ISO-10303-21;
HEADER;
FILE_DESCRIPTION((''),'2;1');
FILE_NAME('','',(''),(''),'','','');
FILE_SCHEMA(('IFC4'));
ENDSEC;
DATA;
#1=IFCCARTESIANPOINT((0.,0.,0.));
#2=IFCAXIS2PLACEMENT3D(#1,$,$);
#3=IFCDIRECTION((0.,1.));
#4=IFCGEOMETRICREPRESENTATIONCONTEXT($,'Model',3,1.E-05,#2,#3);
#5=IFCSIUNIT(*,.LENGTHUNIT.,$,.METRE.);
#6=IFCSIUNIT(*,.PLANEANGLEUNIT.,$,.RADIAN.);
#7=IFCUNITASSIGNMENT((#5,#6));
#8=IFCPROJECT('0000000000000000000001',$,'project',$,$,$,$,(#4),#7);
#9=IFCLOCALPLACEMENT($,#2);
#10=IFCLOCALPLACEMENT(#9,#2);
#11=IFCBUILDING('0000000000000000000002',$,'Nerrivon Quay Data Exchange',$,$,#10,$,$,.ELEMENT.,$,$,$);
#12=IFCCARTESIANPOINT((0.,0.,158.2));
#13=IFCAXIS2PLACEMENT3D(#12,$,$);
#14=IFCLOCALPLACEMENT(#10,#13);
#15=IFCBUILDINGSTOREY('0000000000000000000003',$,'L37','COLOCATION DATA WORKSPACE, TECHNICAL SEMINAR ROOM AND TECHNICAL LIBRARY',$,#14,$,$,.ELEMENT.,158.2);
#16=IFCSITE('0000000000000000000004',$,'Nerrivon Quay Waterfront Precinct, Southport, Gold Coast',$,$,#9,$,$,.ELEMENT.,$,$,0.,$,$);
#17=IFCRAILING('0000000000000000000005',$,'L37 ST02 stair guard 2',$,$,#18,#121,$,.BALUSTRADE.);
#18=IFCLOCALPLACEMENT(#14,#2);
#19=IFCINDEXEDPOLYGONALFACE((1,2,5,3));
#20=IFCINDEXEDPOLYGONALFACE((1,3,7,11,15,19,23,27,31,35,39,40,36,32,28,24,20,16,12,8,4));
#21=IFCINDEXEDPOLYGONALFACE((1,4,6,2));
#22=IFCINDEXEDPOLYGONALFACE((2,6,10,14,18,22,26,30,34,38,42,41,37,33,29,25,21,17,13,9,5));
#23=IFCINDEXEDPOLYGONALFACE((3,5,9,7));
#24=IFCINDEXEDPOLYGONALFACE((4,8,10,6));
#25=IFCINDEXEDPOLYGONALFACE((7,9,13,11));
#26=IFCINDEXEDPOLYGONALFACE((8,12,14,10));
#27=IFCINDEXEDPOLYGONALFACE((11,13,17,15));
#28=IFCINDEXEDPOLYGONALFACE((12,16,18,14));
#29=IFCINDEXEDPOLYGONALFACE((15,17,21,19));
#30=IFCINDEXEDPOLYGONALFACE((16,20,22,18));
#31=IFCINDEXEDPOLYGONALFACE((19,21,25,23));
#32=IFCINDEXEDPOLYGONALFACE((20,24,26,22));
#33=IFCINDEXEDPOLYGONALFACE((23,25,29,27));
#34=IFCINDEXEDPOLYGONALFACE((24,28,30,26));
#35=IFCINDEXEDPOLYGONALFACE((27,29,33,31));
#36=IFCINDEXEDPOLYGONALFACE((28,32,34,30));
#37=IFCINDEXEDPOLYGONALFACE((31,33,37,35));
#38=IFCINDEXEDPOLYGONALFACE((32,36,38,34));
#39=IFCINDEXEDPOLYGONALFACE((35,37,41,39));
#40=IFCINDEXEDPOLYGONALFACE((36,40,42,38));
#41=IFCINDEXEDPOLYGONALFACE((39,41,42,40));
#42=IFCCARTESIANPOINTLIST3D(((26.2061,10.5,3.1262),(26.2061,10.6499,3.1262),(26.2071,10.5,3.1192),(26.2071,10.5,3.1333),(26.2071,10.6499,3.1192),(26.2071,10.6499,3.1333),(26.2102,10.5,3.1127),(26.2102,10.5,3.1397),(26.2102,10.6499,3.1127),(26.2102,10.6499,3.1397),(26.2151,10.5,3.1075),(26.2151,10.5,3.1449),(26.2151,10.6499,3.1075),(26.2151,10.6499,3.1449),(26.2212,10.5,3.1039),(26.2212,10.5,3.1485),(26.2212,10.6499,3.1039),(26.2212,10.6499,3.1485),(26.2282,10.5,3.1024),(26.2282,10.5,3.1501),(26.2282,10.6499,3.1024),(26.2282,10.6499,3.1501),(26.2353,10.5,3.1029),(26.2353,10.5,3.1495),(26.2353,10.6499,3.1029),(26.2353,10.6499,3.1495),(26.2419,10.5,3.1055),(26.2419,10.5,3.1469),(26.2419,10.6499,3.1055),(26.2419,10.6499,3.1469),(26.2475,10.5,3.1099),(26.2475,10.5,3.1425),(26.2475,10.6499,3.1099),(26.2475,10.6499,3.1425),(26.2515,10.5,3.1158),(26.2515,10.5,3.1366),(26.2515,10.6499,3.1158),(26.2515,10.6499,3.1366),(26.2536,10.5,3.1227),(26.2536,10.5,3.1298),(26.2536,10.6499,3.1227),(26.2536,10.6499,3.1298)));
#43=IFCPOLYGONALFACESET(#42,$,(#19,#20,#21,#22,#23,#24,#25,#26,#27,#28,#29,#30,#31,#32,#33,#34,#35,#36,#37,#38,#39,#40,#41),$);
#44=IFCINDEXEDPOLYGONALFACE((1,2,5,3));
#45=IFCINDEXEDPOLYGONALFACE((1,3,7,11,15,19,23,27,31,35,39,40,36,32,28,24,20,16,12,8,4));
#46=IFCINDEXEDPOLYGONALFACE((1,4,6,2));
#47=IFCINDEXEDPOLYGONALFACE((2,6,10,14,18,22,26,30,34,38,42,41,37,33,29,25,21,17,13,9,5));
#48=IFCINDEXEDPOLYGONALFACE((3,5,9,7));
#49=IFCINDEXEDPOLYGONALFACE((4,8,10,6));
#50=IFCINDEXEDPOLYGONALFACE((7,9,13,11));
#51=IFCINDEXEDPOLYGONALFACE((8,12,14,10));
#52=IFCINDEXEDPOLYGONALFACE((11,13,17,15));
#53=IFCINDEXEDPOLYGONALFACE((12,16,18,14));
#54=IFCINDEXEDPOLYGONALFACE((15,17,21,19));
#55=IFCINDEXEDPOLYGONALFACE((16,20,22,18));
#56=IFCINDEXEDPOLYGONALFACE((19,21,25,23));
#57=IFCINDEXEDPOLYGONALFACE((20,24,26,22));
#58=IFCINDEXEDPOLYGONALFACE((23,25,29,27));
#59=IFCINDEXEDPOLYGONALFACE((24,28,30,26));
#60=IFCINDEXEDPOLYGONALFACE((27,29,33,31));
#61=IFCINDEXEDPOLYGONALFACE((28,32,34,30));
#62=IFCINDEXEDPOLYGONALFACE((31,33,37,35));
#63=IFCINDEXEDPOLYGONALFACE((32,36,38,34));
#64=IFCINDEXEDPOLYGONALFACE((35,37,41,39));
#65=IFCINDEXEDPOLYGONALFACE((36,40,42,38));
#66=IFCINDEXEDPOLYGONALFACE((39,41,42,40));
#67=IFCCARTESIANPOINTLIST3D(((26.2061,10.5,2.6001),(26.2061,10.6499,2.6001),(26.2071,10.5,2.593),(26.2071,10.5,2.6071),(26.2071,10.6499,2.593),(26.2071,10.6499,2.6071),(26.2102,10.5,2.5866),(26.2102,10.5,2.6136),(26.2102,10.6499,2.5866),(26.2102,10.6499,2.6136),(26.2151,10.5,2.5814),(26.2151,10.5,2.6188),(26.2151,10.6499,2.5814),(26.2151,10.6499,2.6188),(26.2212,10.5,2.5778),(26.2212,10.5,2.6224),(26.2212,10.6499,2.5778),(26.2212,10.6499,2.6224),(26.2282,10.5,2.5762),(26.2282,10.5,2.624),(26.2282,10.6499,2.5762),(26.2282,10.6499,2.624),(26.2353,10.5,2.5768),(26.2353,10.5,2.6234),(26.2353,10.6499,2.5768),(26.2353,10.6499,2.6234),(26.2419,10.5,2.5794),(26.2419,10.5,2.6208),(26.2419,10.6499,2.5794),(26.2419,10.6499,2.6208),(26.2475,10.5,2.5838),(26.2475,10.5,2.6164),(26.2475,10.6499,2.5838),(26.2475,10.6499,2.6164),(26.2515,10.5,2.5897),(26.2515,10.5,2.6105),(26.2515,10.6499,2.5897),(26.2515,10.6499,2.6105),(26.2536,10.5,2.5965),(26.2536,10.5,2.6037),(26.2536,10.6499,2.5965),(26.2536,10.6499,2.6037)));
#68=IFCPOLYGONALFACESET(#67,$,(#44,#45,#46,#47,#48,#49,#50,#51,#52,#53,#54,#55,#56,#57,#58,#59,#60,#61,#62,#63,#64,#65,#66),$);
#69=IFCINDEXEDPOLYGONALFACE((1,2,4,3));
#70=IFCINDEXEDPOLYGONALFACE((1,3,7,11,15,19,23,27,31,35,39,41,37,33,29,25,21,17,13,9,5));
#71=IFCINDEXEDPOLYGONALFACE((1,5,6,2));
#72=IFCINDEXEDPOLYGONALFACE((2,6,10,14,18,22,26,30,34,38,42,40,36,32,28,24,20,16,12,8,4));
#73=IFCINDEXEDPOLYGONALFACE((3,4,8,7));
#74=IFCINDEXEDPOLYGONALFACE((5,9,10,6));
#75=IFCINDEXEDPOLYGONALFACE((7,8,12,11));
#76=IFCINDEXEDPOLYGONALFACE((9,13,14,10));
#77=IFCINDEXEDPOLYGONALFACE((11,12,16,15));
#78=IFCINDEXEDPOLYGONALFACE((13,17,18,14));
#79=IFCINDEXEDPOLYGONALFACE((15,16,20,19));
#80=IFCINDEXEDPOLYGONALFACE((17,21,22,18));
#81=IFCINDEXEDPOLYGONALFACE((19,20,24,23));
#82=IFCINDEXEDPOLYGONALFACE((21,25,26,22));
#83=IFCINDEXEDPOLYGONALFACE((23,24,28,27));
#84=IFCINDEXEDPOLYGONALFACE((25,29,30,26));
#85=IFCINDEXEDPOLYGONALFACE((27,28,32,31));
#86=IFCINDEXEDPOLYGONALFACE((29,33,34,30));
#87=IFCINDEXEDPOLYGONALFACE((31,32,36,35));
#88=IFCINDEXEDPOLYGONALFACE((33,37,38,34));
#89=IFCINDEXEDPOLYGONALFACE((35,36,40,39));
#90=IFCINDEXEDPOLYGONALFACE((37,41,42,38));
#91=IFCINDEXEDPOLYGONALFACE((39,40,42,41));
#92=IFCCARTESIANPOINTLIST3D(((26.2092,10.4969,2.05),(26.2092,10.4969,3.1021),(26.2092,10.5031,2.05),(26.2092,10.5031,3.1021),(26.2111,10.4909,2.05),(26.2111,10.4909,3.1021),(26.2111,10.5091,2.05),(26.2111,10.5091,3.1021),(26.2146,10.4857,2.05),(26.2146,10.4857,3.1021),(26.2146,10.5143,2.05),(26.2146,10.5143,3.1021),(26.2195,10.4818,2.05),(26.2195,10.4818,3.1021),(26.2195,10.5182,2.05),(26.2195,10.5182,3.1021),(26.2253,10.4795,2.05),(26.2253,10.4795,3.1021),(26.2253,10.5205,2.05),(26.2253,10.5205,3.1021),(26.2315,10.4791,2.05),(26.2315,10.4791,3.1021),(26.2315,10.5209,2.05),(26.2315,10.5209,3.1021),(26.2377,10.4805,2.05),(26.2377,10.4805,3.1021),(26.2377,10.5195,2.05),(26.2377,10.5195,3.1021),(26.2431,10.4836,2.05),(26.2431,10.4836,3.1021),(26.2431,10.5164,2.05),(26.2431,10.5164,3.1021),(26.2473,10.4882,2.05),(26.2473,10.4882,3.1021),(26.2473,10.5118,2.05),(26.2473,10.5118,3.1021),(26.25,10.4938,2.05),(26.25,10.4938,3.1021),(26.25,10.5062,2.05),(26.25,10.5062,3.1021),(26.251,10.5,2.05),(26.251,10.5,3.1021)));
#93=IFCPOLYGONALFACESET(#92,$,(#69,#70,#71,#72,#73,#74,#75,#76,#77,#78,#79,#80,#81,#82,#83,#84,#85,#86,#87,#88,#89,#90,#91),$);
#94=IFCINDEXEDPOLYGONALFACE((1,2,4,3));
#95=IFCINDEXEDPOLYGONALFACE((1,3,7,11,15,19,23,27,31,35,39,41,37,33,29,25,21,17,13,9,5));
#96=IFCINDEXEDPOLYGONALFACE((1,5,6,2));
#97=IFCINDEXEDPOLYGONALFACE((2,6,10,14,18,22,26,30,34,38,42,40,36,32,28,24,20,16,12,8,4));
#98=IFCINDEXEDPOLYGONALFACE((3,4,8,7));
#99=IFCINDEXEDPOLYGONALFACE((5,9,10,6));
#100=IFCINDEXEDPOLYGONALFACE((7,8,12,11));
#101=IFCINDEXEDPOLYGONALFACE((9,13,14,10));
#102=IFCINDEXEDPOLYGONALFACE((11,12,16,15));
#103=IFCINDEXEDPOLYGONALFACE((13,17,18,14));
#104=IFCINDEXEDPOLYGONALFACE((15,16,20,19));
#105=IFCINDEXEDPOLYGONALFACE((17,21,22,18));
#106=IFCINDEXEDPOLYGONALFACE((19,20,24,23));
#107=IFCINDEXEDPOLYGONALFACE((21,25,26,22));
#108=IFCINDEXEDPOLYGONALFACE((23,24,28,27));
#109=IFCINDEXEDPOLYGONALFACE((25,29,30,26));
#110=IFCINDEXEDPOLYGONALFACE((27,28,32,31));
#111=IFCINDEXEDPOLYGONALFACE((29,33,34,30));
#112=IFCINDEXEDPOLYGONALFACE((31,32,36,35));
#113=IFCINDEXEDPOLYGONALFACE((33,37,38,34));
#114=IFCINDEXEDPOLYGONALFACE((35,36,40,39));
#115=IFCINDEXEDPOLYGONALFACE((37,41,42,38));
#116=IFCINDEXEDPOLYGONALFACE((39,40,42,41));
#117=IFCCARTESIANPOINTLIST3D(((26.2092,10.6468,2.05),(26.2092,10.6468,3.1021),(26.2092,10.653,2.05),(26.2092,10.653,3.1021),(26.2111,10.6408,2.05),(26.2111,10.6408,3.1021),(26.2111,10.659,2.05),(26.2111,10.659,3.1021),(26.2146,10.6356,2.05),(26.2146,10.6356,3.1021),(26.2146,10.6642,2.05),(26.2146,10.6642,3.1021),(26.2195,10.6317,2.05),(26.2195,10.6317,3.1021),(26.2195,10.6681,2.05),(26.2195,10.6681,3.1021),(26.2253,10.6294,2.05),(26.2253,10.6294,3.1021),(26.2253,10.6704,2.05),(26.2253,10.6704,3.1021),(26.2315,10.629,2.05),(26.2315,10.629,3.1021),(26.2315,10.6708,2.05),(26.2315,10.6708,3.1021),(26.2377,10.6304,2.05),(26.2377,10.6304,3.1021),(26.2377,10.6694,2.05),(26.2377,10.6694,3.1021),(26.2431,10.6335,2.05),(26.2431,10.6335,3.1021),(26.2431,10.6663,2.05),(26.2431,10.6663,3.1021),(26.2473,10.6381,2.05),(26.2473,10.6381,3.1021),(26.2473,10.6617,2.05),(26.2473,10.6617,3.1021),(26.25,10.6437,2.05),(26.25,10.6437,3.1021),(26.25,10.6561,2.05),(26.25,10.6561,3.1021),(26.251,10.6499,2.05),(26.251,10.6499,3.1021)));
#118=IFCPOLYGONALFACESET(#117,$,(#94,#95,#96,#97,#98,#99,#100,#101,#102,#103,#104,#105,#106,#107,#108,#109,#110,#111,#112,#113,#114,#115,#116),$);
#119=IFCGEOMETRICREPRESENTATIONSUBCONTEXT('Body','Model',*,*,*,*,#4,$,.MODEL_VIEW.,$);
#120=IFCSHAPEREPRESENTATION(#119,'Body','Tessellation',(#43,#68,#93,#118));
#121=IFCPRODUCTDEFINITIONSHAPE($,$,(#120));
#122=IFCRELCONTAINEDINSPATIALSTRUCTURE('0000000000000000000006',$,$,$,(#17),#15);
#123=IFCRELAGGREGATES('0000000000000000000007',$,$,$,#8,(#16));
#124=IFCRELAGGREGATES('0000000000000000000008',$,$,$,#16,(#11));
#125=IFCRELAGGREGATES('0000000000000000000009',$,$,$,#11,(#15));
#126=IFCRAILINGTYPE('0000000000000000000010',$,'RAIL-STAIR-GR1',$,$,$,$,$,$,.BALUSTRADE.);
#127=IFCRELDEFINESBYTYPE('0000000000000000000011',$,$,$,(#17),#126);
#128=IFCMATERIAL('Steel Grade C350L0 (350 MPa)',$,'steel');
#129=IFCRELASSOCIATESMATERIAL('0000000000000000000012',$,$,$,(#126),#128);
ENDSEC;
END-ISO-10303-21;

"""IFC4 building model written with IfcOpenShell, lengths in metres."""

from ifc_helpers import new_model, si_unit, direction, frame, origin, origin_2d, place, context, subcontext, project, spatial, circle, extrude, material, type_object, element, save


model = new_model("IFC4")

# Units and contexts
model_context = context("Model", 3, precision=1e-05, world=origin(), true_north=direction((0.0, 1.0)))
body_context = subcontext(model_context, "Body", "Model", "MODEL_VIEW")
ifc_project = project(units=[si_unit("LENGTHUNIT", "METRE"), si_unit("PLANEANGLEUNIT", "RADIAN")], contexts=[model_context])

# Site, building, storey
site_placement = place(None, origin())
site = spatial("IfcSite", under=ifc_project, at=site_placement, Name="Nerrivon Quay Waterfront Precinct, Southport, Gold Coast", CompositionType="ELEMENT", RefElevation=0.0)
building_placement = place(site_placement, origin())
building = spatial("IfcBuilding", under=site, at=building_placement, Name="Nerrivon Quay Data Exchange", CompositionType="ELEMENT")
storey_placement = place(building_placement, frame((0.0, 0.0, 158.2)))
storey = spatial("IfcBuildingStorey", under=building, at=storey_placement, Name="L37", Description="COLOCATION DATA WORKSPACE, TECHNICAL SEMINAR ROOM AND TECHNICAL LIBRARY", CompositionType="ELEMENT", Elevation=158.2)

# Railing
ifc_material_1 = material(Name="Steel Grade C350L0 (350 MPa)", Category="steel")
railing_type_1 = type_object("IfcRailingType", Name="RAIL-STAIR-GR1", PredefinedType="BALUSTRADE", material=ifc_material_1)
railing_1_placement = place(storey_placement, frame((26.23, 10.5, 2.05)))
element("IfcRailing", 1, at=railing_1_placement, inside=storey, type_object=railing_type_1, Name="L37 ST02 stair guard 2", PredefinedType="BALUSTRADE", context=body_context, shape_type="SweptSolid", body=[
    extrude(circle(Radius=0.0239, at=origin_2d()), frame((0.0, 0.0, 1.0762), z_axis=(0.0, 1.0, 0.0), x_axis=(-1.0, 0.0, 0.0)), (0.0, 0.0, 1.0), 0.1499),
    extrude(circle(Radius=0.0239, at=origin_2d()), frame((0.0, 0.0, 0.55), z_axis=(0.0, 1.0, 0.0), x_axis=(-1.0, 0.0, 0.0)), (0.0, 0.0, 1.0), 0.1499),
    extrude(circle(Radius=0.021, at=origin_2d()), origin(), (0.0, 0.0, 1.0), 1.052),
    extrude(circle(Radius=0.021, at=origin_2d()), frame((0.0, 0.1499, 0.0)), (0.0, 0.0, 1.0), 1.052),
])

save(model, "model.ifc")
